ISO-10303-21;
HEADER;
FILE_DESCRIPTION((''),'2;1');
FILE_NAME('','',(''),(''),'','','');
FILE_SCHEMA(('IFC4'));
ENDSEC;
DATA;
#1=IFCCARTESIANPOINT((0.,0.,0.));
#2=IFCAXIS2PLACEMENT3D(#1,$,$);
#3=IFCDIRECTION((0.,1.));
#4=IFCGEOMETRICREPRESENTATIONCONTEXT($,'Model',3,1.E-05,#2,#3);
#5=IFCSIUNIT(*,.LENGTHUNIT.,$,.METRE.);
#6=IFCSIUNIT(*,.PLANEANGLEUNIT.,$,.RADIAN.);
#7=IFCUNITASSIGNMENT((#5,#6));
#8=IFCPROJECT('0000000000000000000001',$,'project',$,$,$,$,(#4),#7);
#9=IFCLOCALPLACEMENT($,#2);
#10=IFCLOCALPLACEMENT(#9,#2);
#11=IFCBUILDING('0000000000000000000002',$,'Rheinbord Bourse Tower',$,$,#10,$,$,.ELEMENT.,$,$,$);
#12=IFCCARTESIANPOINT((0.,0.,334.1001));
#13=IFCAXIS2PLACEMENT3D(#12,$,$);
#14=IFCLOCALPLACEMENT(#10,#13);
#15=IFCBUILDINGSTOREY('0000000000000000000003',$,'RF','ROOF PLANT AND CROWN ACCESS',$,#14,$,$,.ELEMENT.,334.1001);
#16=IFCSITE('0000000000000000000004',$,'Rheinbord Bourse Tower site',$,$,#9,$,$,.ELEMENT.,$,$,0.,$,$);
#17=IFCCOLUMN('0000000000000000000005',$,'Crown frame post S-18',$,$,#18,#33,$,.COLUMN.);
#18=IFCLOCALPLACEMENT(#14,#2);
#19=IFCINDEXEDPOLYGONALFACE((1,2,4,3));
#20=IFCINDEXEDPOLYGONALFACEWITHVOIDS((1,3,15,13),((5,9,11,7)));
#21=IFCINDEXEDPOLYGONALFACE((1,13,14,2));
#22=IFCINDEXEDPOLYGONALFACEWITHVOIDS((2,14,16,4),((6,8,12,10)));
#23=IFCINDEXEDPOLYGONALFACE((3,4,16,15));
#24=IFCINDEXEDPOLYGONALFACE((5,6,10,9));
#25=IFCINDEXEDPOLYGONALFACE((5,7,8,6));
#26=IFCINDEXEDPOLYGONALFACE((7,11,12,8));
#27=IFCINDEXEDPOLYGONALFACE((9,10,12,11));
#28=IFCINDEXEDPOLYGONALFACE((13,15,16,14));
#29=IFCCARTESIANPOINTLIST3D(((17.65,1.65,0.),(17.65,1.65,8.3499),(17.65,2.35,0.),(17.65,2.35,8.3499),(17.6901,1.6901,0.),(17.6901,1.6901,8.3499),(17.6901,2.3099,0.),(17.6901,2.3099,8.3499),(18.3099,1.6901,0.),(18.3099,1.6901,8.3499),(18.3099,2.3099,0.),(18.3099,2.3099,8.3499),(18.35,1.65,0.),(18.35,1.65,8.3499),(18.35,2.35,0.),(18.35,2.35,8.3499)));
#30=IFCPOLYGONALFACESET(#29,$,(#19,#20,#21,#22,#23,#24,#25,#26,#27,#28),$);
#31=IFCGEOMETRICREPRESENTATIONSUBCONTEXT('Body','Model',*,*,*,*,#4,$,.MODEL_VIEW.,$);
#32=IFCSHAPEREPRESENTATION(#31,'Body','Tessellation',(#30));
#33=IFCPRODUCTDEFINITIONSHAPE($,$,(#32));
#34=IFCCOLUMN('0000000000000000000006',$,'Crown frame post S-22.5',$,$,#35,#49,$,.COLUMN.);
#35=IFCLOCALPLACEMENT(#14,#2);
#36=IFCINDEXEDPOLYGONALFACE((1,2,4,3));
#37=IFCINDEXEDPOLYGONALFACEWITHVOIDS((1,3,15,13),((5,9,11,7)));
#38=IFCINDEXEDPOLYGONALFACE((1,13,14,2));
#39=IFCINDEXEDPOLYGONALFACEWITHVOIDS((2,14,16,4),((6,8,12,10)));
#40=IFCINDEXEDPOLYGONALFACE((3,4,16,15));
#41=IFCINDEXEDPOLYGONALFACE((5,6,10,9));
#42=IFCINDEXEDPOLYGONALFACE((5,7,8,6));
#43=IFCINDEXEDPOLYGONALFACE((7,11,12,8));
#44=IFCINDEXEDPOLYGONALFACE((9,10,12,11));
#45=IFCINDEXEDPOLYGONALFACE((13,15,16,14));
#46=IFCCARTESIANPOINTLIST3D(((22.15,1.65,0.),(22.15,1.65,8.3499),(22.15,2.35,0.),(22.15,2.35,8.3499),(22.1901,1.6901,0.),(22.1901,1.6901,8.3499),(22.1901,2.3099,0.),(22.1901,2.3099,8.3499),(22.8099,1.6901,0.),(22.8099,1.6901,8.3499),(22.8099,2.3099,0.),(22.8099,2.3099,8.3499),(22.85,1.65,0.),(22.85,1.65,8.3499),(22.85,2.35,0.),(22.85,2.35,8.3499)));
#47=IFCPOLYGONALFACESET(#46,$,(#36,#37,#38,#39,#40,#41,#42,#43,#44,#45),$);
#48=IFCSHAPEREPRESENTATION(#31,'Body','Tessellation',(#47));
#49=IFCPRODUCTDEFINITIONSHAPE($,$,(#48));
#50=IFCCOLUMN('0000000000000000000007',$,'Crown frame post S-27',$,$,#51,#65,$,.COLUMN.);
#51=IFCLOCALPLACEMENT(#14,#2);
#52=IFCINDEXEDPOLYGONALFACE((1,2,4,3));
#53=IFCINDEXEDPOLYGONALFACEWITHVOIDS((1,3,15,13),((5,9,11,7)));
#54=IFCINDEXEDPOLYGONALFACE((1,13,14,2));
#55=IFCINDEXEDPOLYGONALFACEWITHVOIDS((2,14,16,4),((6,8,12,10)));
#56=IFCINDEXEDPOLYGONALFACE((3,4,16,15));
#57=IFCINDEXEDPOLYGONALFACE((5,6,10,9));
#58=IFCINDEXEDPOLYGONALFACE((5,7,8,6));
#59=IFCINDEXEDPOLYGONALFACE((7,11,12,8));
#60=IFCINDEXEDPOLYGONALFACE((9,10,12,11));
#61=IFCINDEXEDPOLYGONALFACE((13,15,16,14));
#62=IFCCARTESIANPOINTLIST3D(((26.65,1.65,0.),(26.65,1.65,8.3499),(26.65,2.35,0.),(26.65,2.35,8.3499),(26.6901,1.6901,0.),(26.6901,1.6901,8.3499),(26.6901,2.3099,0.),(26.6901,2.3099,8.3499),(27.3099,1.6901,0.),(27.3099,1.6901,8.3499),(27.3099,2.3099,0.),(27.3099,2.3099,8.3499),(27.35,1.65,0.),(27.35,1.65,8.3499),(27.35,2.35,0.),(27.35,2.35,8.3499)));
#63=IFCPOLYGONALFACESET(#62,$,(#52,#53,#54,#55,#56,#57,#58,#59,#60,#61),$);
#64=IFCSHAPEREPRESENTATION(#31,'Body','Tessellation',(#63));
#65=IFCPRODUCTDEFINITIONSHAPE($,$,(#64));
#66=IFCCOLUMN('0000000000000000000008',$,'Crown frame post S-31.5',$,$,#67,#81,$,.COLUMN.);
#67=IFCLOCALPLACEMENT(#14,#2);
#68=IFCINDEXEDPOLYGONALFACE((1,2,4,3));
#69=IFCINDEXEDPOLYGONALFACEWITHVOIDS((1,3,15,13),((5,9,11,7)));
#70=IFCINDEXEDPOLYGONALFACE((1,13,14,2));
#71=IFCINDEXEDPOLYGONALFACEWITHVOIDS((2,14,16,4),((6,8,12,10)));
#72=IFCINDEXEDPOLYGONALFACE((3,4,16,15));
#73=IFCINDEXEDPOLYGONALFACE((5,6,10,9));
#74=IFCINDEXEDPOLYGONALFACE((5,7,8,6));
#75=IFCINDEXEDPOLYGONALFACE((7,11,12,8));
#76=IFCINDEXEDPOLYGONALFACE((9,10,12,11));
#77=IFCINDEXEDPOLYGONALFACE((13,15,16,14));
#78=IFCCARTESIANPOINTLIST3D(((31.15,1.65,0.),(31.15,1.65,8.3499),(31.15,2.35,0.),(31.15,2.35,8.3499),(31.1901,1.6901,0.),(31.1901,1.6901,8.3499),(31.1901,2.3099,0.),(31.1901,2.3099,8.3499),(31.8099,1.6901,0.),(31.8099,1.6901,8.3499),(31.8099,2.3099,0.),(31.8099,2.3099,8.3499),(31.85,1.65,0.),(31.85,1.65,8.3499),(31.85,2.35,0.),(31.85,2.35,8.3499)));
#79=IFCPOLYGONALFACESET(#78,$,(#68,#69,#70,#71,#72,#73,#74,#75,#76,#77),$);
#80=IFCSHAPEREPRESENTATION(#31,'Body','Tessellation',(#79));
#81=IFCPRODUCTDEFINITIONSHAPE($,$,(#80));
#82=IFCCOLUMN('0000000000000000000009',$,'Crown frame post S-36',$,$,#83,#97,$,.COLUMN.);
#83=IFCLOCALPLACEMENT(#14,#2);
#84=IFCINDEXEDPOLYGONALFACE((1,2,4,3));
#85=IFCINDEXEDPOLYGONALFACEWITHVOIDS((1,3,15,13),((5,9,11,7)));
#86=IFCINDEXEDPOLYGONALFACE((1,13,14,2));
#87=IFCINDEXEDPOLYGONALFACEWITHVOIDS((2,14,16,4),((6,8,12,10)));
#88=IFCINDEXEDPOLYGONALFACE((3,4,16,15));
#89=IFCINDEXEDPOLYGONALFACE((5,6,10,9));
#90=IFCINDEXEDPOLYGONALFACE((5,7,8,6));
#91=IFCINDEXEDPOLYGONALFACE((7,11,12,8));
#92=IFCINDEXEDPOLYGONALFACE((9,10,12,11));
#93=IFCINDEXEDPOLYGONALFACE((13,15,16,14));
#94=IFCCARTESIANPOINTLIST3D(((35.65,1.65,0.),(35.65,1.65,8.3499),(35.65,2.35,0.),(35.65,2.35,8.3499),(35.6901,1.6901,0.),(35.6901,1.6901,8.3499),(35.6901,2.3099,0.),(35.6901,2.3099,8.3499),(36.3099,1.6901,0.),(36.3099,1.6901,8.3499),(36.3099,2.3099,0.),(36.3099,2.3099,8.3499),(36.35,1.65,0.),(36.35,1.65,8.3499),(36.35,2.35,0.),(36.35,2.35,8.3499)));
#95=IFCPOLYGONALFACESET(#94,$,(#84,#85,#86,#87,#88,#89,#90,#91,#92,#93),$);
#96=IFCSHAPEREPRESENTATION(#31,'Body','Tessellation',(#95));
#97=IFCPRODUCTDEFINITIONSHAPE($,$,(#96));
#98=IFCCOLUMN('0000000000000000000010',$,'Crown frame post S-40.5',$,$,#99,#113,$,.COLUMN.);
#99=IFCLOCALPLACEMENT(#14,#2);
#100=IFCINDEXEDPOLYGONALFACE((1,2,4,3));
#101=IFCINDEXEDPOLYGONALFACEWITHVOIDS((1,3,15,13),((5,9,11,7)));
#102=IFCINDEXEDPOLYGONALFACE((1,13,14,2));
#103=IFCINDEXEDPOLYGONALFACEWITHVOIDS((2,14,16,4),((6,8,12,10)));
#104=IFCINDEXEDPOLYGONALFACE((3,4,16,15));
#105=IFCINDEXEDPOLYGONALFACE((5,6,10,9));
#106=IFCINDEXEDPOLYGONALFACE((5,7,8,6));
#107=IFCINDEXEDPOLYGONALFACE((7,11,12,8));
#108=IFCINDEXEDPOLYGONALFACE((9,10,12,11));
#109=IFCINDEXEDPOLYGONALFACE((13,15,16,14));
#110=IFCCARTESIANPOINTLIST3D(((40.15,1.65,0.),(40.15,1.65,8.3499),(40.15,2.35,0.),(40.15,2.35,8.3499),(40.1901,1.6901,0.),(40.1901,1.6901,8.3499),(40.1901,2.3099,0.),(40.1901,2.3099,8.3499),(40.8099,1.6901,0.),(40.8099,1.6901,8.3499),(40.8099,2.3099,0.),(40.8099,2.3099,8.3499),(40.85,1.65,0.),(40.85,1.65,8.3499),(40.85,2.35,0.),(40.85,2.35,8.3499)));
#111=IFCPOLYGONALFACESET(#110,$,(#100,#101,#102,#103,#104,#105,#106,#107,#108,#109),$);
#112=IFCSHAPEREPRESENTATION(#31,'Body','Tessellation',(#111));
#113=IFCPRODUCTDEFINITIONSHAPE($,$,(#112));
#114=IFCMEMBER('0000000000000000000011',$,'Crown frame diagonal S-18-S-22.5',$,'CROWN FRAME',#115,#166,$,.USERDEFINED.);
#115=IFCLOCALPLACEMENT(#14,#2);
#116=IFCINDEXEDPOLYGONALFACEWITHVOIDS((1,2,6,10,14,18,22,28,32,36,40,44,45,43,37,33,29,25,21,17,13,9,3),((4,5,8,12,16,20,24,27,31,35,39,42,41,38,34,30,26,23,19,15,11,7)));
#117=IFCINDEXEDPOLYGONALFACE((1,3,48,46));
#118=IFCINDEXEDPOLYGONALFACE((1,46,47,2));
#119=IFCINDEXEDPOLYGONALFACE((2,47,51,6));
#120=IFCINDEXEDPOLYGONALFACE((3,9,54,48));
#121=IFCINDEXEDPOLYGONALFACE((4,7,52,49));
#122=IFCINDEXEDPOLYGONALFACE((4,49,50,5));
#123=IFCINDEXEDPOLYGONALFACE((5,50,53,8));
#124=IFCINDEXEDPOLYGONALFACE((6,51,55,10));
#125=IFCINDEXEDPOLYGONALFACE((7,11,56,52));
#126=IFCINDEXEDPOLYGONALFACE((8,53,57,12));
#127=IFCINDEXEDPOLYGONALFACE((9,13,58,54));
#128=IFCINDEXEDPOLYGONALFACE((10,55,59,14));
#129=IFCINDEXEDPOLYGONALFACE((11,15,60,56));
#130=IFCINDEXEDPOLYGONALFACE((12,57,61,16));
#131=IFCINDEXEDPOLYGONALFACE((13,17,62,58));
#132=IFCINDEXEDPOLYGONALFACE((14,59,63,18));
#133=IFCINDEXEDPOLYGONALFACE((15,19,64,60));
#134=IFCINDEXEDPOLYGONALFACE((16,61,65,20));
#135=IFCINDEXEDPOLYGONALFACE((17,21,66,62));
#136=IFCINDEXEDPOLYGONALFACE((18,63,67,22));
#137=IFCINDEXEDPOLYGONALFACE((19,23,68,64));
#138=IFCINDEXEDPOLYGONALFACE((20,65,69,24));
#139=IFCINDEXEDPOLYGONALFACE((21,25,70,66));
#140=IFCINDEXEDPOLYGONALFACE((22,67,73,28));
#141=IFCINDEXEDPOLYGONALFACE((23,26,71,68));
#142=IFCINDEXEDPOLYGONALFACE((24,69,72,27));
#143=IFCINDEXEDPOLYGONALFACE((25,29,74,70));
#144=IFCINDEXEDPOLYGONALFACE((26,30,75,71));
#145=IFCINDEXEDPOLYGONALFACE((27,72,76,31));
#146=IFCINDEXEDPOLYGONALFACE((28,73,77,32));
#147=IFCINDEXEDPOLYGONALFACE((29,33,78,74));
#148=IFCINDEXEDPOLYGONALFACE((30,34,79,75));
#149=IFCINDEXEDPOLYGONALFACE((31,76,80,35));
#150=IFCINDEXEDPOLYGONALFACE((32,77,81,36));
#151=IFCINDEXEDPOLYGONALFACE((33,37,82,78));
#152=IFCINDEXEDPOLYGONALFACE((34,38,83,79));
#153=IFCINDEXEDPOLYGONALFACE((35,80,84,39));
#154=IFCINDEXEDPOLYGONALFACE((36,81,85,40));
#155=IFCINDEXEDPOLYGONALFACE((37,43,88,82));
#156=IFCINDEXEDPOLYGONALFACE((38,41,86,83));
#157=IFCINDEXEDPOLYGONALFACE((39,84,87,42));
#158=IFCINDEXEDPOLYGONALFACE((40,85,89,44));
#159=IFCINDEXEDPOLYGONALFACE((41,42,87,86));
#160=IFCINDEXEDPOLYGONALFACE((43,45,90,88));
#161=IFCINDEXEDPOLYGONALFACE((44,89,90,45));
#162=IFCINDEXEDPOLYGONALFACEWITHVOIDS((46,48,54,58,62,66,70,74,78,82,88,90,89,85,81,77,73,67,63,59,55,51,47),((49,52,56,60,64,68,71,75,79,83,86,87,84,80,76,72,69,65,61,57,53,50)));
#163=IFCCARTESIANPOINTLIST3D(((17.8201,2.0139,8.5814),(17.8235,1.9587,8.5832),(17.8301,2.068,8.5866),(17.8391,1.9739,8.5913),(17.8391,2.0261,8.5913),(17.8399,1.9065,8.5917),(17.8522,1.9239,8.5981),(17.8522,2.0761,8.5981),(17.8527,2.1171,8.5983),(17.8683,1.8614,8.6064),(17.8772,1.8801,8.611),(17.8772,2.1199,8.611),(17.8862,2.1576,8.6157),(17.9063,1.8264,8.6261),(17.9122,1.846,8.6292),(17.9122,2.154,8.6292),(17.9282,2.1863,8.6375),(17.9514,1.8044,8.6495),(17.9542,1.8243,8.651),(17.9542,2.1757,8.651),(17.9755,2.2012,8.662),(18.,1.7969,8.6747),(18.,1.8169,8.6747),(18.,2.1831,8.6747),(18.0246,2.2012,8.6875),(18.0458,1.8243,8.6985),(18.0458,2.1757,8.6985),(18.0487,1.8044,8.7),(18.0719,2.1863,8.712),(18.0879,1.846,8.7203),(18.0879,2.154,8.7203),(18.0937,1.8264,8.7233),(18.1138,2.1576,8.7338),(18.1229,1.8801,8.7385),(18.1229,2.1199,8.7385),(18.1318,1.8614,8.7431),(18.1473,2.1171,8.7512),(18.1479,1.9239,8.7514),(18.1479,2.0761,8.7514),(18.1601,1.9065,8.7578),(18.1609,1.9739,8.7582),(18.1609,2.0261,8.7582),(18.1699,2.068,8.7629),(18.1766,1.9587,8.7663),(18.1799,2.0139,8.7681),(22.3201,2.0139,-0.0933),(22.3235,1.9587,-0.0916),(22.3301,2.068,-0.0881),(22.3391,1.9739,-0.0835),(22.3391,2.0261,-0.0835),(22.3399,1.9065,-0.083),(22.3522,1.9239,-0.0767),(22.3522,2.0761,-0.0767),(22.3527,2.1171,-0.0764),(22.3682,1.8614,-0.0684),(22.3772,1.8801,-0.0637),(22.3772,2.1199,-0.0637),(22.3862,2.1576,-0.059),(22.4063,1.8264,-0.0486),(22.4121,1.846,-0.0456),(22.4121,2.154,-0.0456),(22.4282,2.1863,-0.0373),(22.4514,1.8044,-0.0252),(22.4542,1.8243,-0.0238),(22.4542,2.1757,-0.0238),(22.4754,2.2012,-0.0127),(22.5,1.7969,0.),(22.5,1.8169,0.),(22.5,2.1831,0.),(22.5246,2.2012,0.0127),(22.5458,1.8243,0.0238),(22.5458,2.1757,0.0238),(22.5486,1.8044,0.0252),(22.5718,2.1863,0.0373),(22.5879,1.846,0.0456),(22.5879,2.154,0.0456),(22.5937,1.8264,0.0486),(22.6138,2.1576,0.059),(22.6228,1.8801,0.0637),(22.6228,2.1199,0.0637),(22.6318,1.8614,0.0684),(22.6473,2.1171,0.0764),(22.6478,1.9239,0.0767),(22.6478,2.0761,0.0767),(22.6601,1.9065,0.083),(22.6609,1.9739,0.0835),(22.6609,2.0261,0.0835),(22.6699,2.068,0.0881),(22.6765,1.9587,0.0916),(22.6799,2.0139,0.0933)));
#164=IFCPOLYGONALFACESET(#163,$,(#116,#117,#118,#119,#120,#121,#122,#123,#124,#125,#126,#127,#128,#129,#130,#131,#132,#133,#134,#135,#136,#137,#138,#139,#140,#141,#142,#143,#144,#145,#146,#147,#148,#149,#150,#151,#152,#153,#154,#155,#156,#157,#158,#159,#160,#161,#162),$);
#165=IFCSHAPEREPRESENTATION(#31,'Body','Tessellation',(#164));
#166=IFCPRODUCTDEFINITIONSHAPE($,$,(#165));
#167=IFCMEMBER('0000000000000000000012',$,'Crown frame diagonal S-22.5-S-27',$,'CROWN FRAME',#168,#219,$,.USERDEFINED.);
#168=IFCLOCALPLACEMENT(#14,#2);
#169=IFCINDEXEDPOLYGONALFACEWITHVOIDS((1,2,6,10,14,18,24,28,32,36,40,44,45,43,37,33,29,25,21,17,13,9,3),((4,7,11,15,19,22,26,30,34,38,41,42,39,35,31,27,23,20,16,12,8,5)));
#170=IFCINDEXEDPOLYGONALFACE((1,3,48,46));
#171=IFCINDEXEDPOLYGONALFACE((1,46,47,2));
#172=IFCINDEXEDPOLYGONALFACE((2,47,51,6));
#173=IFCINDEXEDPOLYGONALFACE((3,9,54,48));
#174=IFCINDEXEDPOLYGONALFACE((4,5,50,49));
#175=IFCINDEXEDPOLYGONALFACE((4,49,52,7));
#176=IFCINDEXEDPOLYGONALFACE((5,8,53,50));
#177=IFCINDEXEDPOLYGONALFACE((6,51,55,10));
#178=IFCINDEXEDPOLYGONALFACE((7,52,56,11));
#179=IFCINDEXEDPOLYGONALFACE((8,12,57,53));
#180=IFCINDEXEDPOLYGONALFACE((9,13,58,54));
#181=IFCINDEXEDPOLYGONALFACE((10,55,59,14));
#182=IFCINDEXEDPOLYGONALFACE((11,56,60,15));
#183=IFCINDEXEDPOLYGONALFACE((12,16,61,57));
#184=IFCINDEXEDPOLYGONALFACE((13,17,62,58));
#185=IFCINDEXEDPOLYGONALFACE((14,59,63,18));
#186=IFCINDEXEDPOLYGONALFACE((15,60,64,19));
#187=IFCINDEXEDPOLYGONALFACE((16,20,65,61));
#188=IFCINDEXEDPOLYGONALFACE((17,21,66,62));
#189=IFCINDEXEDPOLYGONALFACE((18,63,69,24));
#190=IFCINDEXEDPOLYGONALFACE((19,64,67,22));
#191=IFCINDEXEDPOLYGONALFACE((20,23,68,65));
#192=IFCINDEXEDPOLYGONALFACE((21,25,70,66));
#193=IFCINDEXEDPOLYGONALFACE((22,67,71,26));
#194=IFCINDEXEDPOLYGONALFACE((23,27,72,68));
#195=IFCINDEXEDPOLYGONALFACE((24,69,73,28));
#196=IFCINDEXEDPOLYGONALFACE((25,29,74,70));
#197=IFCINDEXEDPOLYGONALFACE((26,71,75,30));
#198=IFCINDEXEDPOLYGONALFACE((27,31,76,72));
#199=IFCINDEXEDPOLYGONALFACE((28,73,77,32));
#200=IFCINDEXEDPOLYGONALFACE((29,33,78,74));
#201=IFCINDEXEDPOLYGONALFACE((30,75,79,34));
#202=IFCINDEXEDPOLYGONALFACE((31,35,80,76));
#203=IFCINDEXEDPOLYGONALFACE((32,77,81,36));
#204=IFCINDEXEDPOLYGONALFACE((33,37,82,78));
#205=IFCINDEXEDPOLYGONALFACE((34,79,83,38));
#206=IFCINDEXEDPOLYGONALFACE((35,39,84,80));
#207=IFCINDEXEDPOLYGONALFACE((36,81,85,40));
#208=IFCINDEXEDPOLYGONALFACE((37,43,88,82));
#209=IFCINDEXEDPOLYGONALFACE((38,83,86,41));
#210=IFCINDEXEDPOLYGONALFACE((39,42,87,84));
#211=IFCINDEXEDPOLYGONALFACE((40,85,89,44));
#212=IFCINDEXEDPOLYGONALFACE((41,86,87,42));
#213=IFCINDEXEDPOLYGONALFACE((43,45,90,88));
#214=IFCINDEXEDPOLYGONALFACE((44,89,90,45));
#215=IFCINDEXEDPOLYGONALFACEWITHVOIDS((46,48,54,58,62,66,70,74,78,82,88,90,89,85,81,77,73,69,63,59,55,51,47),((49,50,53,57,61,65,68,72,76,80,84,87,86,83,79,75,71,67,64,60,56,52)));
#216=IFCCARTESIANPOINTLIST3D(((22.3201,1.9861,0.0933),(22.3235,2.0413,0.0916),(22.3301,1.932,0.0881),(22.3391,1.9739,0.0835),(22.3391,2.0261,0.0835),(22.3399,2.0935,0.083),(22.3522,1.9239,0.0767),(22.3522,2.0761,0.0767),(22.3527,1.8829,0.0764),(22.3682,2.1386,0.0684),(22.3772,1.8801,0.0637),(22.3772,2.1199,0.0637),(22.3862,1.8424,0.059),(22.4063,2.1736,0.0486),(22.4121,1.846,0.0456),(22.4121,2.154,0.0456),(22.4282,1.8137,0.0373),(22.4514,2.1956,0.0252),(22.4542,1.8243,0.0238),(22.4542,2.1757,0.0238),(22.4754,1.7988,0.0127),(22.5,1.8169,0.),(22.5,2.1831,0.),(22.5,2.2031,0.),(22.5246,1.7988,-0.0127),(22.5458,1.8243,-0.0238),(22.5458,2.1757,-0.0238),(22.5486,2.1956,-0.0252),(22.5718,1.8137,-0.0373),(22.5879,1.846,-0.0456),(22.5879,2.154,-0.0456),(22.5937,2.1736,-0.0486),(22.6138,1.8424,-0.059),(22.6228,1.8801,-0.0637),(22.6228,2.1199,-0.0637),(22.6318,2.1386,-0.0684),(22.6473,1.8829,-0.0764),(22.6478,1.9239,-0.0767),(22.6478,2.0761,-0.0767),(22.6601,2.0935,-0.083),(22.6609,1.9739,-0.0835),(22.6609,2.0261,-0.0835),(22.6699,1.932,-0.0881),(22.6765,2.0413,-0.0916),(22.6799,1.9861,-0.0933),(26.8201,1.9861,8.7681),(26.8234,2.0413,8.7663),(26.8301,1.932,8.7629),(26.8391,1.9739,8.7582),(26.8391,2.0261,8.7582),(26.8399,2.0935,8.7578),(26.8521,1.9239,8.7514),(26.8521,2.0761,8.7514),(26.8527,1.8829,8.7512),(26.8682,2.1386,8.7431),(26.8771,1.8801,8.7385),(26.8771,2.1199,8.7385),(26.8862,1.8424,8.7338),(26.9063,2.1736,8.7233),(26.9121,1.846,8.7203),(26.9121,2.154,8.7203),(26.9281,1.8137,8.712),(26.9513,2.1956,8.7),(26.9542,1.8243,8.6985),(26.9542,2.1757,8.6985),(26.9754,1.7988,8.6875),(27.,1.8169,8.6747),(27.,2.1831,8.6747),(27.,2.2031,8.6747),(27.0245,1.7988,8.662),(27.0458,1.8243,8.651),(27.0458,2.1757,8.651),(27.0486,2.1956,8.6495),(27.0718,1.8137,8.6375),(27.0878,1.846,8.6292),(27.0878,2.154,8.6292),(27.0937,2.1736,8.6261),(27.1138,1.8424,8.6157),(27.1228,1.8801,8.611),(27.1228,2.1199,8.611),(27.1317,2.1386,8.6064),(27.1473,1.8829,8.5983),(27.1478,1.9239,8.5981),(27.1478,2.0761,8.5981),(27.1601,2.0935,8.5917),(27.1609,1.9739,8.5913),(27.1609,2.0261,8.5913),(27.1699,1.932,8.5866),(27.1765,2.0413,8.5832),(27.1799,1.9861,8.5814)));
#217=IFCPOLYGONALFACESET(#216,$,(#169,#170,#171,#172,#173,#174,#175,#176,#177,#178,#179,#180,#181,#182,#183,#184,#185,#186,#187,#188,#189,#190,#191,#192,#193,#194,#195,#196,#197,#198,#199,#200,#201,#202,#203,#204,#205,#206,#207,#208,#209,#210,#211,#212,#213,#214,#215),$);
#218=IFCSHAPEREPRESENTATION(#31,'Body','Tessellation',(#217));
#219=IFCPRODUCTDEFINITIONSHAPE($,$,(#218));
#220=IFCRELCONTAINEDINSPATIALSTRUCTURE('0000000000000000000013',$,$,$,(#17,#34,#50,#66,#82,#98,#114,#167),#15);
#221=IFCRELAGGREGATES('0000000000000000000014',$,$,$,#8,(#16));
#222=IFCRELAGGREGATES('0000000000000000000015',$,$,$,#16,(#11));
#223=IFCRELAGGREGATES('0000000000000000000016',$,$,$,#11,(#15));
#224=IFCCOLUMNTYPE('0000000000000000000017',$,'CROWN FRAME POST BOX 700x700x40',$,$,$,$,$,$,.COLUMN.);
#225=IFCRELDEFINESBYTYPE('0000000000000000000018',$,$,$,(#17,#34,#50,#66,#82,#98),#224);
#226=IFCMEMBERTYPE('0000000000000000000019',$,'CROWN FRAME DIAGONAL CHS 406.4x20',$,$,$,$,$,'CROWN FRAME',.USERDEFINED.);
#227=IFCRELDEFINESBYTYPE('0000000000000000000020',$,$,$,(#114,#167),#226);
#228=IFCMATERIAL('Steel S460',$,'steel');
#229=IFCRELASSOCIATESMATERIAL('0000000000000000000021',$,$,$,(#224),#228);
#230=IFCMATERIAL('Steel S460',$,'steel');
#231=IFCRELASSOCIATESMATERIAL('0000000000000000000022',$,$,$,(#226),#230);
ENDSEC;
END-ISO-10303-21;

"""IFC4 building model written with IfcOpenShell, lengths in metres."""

from ifc_helpers import new_model, si_unit, direction, frame, origin, origin_2d, place, context, subcontext, project, spatial, hollow_rectangle, hollow_circle, extrude, material, material_profile, profile_set, type_object, element, save


model = new_model("IFC4")

# Units and contexts
model_context = context("Model", 3, precision=1e-05, world=origin(), true_north=direction((0.0, 1.0)))
body_context = subcontext(model_context, "Body", "Model", "MODEL_VIEW")
ifc_project = project(units=[si_unit("LENGTHUNIT", "METRE"), si_unit("PLANEANGLEUNIT", "RADIAN")], contexts=[model_context])

# Site, building, storey
site_placement = place(None, origin())
site = spatial("IfcSite", under=ifc_project, at=site_placement, Name="Rheinbord Bourse Tower site", CompositionType="ELEMENT", RefElevation=0.0)
building_placement = place(site_placement, origin())
building = spatial("IfcBuilding", under=site, at=building_placement, Name="Rheinbord Bourse Tower", CompositionType="ELEMENT")
storey_placement = place(building_placement, frame((0.0, 0.0, 334.1001)))
storey = spatial("IfcBuildingStorey", under=building, at=storey_placement, Name="RF", Description="ROOF PLANT AND CROWN ACCESS", CompositionType="ELEMENT", Elevation=334.1001)

# Columns
ifc_material_1 = material(Name="Steel S460", Category="steel")
ifc_material_profile_1 = material_profile(ifc_material_1, hollow_rectangle(XDim=0.7, YDim=0.7, WallThickness=0.04, at=origin_2d()), Name="BOX 700x700x40")
ifc_profile_set_1 = profile_set([ifc_material_profile_1], Name="Steel S460")
column_type = type_object("IfcColumnType", Name="CROWN FRAME POST BOX 700x700x40", PredefinedType="COLUMN", material=ifc_profile_set_1)
for number, where, z_axis, x_axis, name in (
    (1, (18.0, 2.0, 0.0), (0.0, 0.0, 1.0), (1.0, 0.0, 0.0), "Crown frame post S-18"),
    (2, (22.5, 2.0, 0.0), (0.0, 0.0, 1.0), (1.0, 0.0, 0.0), "Crown frame post S-22.5"),
    (3, (27.0, 2.0, 0.0), (0.0, 0.0, 1.0), (1.0, 0.0, 0.0), "Crown frame post S-27"),
    (4, (31.5, 2.0, 0.0), (0.0, 0.0, 1.0), (1.0, 0.0, 0.0), "Crown frame post S-31.5"),
    (5, (36.0, 2.0, 0.0), (0.0, 0.0, 1.0), (1.0, 0.0, 0.0), "Crown frame post S-36"),
    (6, (40.5, 2.0, 0.0), (0.0, 0.0, 1.0), (1.0, 0.0, 0.0), "Crown frame post S-40.5"),
):
    element("IfcColumn", number, at=place(storey_placement, frame(where, z_axis=z_axis, x_axis=x_axis)), inside=storey, type_object=column_type, Name=name, PredefinedType="COLUMN", context=body_context, shape_type="SweptSolid", body=[
        extrude(hollow_rectangle(XDim=0.7, YDim=0.7, WallThickness=0.04, at=origin_2d()), origin(), (0.0, 0.0, 1.0), 8.3499),
    ])

# Members
ifc_material_2 = material(Name="Steel S460", Category="steel")
ifc_material_profile_2 = material_profile(ifc_material_2, hollow_circle(Radius=0.2031, WallThickness=0.02, at=origin_2d()), Name="CHS 406.4x20")
ifc_profile_set_2 = profile_set([ifc_material_profile_2], Name="Steel S460")
member_type = type_object("IfcMemberType", Name="CROWN FRAME DIAGONAL CHS 406.4x20", ElementType="CROWN FRAME", PredefinedType="USERDEFINED", material=ifc_profile_set_2)
for number, where, z_axis, x_axis, name in (
    (7, (22.5, 2.0, 0.0), (-0.460475, 0.0, 0.887673), (0.0, -1.0, 0.0), "Crown frame diagonal S-18-S-22.5"),
    (8, (22.5, 2.0, 0.0), (0.460475, 0.0, 0.887673), (0.0, 1.0, 0.0), "Crown frame diagonal S-22.5-S-27"),
):
    element("IfcMember", number, at=place(storey_placement, frame(where, z_axis=z_axis, x_axis=x_axis)), inside=storey, type_object=member_type, Name=name, ObjectType="CROWN FRAME", PredefinedType="USERDEFINED", context=body_context, shape_type="SweptSolid", body=[
        extrude(hollow_circle(Radius=0.2031, WallThickness=0.02, at=origin_2d()), origin(), (0.0, 0.0, 1.0), 9.7725),
    ])

save(model, "model.ifc")
